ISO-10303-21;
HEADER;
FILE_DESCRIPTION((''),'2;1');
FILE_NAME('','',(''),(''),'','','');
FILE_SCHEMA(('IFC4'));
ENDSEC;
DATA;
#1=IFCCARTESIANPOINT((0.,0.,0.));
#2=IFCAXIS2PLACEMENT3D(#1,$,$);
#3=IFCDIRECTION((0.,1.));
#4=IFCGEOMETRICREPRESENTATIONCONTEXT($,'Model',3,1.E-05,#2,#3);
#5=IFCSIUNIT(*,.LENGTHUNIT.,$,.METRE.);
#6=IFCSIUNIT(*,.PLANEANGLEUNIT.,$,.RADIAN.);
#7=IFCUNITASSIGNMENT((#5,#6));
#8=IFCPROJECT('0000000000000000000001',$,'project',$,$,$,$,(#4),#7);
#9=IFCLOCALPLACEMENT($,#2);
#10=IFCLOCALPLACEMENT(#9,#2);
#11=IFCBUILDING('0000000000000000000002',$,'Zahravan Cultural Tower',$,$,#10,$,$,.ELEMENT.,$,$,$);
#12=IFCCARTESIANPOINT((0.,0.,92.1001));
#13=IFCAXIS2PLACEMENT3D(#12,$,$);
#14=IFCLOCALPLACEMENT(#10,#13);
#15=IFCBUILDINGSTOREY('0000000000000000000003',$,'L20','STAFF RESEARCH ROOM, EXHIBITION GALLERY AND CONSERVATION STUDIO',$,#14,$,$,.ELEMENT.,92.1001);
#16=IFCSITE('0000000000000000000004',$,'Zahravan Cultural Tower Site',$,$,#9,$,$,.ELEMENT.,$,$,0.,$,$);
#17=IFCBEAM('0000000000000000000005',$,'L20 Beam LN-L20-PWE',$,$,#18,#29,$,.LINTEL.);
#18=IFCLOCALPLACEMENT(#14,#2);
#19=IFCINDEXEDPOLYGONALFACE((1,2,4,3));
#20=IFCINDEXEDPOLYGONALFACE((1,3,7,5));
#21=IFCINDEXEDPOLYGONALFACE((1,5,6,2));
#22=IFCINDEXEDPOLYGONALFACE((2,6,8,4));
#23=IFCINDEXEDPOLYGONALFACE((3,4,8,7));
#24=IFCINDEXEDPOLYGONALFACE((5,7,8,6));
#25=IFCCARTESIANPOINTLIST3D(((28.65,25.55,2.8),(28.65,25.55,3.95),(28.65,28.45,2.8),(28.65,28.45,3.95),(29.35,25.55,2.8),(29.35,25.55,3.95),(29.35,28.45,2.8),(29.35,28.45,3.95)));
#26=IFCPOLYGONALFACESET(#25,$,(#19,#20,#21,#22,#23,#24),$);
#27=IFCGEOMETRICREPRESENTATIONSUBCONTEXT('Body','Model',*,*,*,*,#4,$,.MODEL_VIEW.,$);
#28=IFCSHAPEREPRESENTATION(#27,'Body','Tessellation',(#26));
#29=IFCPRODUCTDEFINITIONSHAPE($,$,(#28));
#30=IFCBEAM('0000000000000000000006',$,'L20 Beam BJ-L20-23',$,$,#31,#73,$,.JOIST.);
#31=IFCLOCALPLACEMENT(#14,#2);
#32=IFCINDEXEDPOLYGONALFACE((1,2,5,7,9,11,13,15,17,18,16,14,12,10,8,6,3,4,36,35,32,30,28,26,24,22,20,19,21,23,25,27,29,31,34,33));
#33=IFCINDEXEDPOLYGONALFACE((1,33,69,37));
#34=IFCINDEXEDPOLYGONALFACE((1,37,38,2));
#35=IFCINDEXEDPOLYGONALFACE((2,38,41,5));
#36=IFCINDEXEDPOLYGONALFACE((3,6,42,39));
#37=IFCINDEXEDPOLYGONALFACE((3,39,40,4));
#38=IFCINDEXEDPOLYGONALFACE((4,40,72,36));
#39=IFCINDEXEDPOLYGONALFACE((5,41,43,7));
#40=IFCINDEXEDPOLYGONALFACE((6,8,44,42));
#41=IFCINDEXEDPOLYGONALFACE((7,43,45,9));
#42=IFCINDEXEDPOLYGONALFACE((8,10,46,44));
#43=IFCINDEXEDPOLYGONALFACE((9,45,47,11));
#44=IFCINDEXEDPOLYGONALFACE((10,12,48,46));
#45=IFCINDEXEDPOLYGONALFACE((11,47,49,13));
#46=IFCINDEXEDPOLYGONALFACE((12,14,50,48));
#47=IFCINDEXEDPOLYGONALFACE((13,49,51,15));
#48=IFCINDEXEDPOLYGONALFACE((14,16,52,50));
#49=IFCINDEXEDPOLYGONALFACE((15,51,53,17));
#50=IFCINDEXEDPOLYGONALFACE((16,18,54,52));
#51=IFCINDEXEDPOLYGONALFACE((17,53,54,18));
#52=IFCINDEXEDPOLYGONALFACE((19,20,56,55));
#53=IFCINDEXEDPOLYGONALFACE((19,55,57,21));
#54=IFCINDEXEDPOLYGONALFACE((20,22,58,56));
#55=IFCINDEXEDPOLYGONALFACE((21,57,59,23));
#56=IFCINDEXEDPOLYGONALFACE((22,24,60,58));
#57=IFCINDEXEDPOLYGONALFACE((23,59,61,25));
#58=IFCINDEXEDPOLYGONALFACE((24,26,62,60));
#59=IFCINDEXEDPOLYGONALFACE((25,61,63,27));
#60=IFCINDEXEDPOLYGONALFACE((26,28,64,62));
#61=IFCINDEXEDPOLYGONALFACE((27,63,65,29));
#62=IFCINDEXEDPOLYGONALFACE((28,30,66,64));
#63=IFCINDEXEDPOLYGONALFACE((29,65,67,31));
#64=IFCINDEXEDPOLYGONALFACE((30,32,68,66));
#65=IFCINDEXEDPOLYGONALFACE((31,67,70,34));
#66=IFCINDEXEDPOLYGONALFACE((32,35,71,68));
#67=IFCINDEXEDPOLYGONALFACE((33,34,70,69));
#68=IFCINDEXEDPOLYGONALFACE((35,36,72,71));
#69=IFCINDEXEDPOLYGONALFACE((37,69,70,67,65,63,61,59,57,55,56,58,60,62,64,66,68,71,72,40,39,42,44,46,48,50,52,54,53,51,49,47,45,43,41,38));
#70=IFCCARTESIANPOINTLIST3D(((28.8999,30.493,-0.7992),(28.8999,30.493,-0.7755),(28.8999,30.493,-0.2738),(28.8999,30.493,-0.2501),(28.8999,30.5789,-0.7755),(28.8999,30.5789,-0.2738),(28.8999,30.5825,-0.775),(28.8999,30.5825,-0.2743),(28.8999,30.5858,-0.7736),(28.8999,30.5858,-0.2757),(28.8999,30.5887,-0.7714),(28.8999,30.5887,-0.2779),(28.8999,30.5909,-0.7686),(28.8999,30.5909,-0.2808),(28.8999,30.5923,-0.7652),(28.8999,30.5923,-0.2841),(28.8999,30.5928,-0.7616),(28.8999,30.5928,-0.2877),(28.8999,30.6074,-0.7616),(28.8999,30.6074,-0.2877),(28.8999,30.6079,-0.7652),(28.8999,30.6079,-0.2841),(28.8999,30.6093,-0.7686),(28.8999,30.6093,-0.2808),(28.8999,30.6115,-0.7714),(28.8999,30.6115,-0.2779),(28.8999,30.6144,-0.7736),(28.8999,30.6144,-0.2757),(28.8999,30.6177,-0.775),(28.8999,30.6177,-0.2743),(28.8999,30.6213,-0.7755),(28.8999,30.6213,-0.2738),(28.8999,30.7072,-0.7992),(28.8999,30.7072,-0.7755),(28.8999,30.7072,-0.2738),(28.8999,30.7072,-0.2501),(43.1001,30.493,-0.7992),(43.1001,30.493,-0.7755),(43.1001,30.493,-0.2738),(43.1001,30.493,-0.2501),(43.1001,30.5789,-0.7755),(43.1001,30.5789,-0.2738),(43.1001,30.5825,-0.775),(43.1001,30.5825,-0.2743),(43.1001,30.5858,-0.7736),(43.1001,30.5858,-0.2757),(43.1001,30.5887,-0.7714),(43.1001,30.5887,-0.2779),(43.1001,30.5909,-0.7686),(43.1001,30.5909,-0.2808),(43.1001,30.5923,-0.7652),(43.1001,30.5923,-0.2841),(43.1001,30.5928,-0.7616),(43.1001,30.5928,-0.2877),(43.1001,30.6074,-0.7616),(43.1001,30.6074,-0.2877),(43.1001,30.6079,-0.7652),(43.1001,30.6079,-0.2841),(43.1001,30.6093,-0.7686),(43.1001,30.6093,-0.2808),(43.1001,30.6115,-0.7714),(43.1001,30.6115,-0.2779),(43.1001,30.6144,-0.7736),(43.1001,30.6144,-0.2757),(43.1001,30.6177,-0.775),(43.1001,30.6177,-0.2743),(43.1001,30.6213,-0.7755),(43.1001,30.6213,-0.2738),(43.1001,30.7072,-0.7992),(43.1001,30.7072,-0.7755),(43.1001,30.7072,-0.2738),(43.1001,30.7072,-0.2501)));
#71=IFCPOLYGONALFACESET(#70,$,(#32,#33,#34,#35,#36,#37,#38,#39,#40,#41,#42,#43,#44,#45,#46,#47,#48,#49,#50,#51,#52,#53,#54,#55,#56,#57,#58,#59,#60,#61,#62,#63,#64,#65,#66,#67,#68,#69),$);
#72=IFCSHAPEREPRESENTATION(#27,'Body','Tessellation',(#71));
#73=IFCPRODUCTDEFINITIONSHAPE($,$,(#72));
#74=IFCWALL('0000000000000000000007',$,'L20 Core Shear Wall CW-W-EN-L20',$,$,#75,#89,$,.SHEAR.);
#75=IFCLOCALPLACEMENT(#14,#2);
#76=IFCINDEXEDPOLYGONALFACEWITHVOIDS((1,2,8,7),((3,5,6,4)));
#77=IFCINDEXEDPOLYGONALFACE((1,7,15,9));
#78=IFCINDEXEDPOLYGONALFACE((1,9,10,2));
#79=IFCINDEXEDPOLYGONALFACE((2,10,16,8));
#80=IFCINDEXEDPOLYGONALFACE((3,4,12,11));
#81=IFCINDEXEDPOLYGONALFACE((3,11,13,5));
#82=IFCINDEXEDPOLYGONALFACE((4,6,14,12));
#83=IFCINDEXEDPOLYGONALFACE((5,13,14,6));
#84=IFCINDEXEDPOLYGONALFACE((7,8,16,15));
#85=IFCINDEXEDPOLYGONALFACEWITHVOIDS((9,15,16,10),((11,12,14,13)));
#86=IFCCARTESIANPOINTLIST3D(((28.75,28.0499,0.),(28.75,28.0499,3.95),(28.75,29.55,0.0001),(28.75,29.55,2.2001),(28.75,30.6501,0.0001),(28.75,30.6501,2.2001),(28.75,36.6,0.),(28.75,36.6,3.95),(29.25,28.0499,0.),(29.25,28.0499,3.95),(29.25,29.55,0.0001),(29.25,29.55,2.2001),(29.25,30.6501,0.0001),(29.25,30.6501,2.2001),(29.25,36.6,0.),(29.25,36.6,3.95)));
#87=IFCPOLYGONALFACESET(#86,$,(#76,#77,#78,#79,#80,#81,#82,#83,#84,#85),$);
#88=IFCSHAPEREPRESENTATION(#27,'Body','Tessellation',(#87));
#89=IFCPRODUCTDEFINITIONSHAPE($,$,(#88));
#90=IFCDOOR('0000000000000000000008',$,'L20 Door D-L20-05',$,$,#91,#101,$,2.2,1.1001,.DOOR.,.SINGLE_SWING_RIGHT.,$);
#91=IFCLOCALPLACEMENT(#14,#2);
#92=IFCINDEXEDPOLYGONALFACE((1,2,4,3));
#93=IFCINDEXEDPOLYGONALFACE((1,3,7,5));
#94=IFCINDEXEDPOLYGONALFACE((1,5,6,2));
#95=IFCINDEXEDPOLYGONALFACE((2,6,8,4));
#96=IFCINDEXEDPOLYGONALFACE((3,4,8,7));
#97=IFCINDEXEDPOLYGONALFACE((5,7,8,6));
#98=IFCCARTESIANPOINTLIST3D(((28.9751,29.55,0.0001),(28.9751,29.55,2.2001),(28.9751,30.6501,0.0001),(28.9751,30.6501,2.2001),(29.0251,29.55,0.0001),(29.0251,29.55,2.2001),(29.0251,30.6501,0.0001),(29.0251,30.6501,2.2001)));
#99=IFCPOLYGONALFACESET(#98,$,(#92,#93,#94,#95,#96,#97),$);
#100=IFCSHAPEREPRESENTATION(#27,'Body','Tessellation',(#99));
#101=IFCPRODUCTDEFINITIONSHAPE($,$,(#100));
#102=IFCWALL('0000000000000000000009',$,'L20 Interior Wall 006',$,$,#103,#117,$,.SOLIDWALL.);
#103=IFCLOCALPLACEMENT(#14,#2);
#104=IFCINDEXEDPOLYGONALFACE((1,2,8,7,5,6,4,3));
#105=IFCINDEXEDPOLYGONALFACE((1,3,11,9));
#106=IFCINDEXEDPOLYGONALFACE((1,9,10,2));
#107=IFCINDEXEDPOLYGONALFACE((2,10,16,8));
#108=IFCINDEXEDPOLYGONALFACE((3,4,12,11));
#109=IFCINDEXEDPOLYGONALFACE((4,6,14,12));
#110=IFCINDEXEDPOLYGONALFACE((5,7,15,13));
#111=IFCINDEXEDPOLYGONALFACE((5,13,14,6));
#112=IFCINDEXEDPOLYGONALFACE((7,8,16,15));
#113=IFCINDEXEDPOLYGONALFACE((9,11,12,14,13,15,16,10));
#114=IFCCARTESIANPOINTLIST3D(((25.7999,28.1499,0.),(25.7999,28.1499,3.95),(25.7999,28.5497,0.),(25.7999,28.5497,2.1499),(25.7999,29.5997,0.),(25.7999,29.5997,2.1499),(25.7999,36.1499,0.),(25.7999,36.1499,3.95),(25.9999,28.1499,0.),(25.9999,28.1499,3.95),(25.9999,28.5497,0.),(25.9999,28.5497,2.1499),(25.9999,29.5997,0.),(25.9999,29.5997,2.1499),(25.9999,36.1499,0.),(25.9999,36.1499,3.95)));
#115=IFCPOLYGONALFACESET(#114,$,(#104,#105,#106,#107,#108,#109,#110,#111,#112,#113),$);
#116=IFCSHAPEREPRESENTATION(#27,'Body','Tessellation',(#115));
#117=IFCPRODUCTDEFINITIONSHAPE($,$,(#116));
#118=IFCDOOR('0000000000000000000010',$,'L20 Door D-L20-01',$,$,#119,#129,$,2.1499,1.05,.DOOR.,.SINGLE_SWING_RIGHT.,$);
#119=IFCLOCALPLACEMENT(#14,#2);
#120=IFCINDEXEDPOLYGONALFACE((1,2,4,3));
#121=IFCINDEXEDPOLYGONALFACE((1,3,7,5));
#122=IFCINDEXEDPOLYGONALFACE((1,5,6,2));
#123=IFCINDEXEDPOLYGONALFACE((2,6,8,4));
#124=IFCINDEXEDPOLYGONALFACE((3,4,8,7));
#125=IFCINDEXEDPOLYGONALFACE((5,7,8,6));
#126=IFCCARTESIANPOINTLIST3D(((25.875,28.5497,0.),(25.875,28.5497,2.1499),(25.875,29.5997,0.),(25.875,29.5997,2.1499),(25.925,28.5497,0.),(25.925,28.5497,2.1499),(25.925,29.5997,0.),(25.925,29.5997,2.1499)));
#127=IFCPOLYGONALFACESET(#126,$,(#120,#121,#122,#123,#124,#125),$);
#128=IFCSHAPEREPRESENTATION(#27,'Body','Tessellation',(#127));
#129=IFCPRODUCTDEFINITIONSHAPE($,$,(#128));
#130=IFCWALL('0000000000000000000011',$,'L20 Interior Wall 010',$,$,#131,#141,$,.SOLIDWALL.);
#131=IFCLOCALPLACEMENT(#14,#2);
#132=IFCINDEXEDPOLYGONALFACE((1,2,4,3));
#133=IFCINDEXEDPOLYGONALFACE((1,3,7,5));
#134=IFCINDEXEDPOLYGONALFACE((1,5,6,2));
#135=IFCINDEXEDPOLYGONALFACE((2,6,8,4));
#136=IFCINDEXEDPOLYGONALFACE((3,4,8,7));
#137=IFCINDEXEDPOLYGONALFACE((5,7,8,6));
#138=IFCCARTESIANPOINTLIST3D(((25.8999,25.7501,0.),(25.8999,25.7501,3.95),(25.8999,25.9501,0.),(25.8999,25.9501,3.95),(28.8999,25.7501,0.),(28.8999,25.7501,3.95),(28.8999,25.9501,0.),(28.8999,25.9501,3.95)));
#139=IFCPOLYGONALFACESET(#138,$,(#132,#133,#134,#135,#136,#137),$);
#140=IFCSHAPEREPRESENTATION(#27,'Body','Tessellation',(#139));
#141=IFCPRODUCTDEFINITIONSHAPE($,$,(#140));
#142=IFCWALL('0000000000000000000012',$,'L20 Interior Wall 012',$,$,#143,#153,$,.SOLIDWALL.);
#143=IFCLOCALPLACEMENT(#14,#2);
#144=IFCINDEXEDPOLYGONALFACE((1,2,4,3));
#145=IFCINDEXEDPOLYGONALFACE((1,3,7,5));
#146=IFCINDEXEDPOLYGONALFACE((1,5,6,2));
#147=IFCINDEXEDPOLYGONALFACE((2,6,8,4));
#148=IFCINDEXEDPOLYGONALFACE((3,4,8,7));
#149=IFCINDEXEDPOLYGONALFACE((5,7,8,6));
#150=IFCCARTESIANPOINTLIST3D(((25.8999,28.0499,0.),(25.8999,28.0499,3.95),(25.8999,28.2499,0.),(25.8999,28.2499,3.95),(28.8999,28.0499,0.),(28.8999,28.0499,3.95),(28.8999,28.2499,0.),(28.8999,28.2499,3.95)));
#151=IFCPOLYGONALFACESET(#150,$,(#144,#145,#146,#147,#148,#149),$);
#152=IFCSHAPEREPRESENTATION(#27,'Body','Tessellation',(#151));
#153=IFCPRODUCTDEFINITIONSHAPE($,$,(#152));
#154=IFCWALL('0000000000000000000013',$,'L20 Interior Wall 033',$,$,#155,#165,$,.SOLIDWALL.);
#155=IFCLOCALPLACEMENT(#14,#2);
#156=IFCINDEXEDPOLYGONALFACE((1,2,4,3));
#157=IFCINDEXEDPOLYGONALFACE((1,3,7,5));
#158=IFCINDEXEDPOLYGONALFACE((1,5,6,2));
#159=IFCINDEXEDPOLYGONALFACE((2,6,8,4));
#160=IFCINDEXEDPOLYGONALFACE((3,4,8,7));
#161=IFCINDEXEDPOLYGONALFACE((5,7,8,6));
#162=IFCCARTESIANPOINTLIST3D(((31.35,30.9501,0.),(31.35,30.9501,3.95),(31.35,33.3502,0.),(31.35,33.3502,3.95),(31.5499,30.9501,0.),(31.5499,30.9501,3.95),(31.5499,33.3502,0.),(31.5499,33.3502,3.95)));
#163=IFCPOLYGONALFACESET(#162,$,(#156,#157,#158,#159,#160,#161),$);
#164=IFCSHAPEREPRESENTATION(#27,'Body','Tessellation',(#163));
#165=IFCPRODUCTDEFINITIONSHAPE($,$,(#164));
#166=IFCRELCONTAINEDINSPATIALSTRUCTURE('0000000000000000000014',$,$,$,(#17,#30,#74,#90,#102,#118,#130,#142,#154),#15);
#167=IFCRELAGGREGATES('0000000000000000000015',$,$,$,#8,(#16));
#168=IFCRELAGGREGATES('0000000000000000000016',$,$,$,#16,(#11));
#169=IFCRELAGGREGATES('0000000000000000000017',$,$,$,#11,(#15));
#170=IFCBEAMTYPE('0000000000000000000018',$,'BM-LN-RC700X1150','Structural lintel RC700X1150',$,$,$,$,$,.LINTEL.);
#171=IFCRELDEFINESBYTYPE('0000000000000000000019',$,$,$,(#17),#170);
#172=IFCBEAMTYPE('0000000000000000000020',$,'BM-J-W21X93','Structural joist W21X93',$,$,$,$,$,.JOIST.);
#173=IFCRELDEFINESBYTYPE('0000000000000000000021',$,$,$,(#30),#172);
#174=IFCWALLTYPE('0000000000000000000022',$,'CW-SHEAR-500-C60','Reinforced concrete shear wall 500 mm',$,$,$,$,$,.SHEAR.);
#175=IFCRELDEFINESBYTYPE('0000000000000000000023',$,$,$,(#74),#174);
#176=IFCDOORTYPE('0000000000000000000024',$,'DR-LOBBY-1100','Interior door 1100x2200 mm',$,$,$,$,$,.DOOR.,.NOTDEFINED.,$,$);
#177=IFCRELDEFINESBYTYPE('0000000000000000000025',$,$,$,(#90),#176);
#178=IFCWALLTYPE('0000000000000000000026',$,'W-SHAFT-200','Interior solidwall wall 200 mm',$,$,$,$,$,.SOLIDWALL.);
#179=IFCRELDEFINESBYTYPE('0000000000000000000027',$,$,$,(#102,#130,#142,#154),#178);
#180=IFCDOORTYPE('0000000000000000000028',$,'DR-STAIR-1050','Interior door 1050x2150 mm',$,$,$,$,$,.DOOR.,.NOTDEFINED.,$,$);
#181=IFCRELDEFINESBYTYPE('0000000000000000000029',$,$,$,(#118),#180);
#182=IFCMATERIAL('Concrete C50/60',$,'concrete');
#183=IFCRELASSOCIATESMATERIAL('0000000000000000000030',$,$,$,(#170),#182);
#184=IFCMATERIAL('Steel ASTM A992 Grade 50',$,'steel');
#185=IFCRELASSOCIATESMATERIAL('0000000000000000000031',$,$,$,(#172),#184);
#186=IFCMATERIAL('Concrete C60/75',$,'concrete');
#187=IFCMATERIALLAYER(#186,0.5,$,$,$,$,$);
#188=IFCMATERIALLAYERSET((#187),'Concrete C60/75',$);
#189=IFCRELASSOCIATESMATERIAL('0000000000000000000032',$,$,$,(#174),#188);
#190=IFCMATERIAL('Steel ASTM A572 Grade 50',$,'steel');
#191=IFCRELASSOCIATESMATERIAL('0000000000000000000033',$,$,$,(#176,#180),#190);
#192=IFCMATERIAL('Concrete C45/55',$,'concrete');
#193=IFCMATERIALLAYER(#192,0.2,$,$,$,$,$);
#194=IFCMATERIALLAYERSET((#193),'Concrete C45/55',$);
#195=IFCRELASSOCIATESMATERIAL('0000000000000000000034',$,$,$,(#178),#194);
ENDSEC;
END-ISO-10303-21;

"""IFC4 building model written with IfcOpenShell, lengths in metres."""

from ifc_helpers import new_model, si_unit, direction, frame, frame_2d, origin, origin_2d, place, context, subcontext, project, spatial, rectangle, i_section, extrude, source, transform, mapped, material, layer, layer_set, material_profile, profile_set, type_object, element, fill, save


model = new_model("IFC4")

# Units and contexts
model_context = context("Model", 3, precision=1e-05, world=origin(), true_north=direction((0.0, 1.0)))
body_context = subcontext(model_context, "Body", "Model", "MODEL_VIEW")
ifc_project = project(units=[si_unit("LENGTHUNIT", "METRE"), si_unit("PLANEANGLEUNIT", "RADIAN")], contexts=[model_context])

# Site, building, storey
site_placement = place(None, origin())
site = spatial("IfcSite", under=ifc_project, at=site_placement, Name="Zahravan Cultural Tower Site", CompositionType="ELEMENT", RefElevation=0.0)
building_placement = place(site_placement, origin())
building = spatial("IfcBuilding", under=site, at=building_placement, Name="Zahravan Cultural Tower", CompositionType="ELEMENT")
storey_placement = place(building_placement, frame((0.0, 0.0, 92.1001)))
storey = spatial("IfcBuildingStorey", under=building, at=storey_placement, Name="L20", Description="STAFF RESEARCH ROOM, EXHIBITION GALLERY AND CONSERVATION STUDIO", CompositionType="ELEMENT", Elevation=92.1001)

# Beams
ifc_material_1 = material(Name="Concrete C50/60", Category="concrete")
ifc_material_profile_1 = material_profile(ifc_material_1, rectangle(XDim=0.7, YDim=1.1499, at=origin_2d()), Name="RC700X1150")
ifc_profile_set_1 = profile_set([ifc_material_profile_1], Name="Concrete C50/60")
beam_type_1 = type_object("IfcBeamType", Name="BM-LN-RC700X1150", Description="Structural lintel RC700X1150", PredefinedType="LINTEL", material=ifc_profile_set_1)
shared_shape_1 = source(origin(), body_context, "Body", "SweptSolid", [
    extrude(rectangle(XDim=0.7, YDim=1.1499, at=origin_2d()), origin(), (0.0, 0.0, 1.0), 2.8999),
])
beam_1_placement = place(storey_placement, frame((29.0, 25.55, 3.375), z_axis=(0.0, 1.0, 0.0), x_axis=(-1.0, 0.0, 0.0)))
element("IfcBeam", 1, at=beam_1_placement, inside=storey, type_object=beam_type_1, Name="L20 Beam LN-L20-PWE", PredefinedType="LINTEL", context=body_context, shape_type="MappedRepresentation", body=[
    mapped(shared_shape_1, transform((0.0, 0.0, 0.0), x_axis=(1.0, 0.0, 0.0), y_axis=(0.0, 1.0, 0.0), z_axis=(0.0, 0.0, 1.0), scale=1.0)),
])
ifc_material_2 = material(Name="Steel ASTM A992 Grade 50", Category="steel")
ifc_material_profile_2 = material_profile(ifc_material_2, i_section(OverallWidth=0.2141, OverallDepth=0.5491, WebThickness=0.0146, FlangeThickness=0.0237, FilletRadius=0.0139, at=origin_2d()), Name="W21X93")
ifc_profile_set_2 = profile_set([ifc_material_profile_2], Name="Steel ASTM A992 Grade 50")
beam_type_2 = type_object("IfcBeamType", Name="BM-J-W21X93", Description="Structural joist W21X93", PredefinedType="JOIST", material=ifc_profile_set_2)
shared_shape_2 = source(origin(), body_context, "Body", "SweptSolid", [
    extrude(i_section(OverallWidth=0.2141, OverallDepth=0.5491, WebThickness=0.0146, FlangeThickness=0.0237, FilletRadius=0.0139, at=origin_2d()), origin(), (0.0, 0.0, 1.0), 14.2002),
])
beam_2_placement = place(storey_placement, frame((28.8999, 30.6001, -0.5247), z_axis=(1.0, 0.0, 0.0), x_axis=(0.0, 1.0, 0.0)))
element("IfcBeam", 2, at=beam_2_placement, inside=storey, type_object=beam_type_2, Name="L20 Beam BJ-L20-23", PredefinedType="JOIST", context=body_context, shape_type="MappedRepresentation", body=[
    mapped(shared_shape_2, transform((0.0, 0.0, 0.0), x_axis=(1.0, 0.0, 0.0), y_axis=(0.0, 1.0, 0.0), z_axis=(0.0, 0.0, 1.0), scale=1.0)),
])

# Walls, openings, doors
ifc_material_3 = material(Name="Concrete C60/75", Category="concrete")
ifc_layer_1 = layer(ifc_material_3, 0.5)
ifc_layer_set_1 = layer_set([ifc_layer_1], Name="Concrete C60/75")
wall_type_1 = type_object("IfcWallType", Name="CW-SHEAR-500-C60", Description="Reinforced concrete shear wall 500 mm", PredefinedType="SHEAR", material=ifc_layer_set_1)
wall_1_placement = place(storey_placement, frame((29.0, 28.05, 0.0), z_axis=(0.0, 0.0, 1.0), x_axis=(0.0, 1.0, 0.0)))
wall_1 = element("IfcWall", 3, at=wall_1_placement, inside=storey, type_object=wall_type_1, Name="L20 Core Shear Wall CW-W-EN-L20", PredefinedType="SHEAR", context=body_context, shape_type="SweptSolid", body=[
    extrude(rectangle(XDim=8.55, YDim=0.5, at=frame_2d((4.2749, 0.0))), origin(), (0.0, 0.0, 1.0), 3.95),
])
opening_1_placement = place(wall_1_placement, frame((1.5, 0.0, 0.0)))
opening_1 = element("IfcOpeningElement", 4, at=opening_1_placement, cuts=wall_1, PredefinedType="OPENING", context=body_context, shape_type="SweptSolid", body=[
    extrude(rectangle(XDim=1.1001, YDim=2.2, at=frame_2d((0.55, 1.1001))), frame((0.0, 0.26, 0.0), z_axis=(0.0, -1.0, 0.0), x_axis=(1.0, 0.0, 0.0)), (0.0, 0.0, 1.0), 0.52),
])
ifc_material_4 = material(Name="Steel ASTM A572 Grade 50", Category="steel")
door_type_1 = type_object("IfcDoorType", Name="DR-LOBBY-1100", Description="Interior door 1100x2200 mm", OperationType="NOTDEFINED", PredefinedType="DOOR", material=ifc_material_4)
shared_shape_3 = source(origin(), body_context, "Body", "SweptSolid", [
    extrude(rectangle(XDim=1.1001, YDim=2.2, at=frame_2d((0.55, 1.1001))), frame((0.0, 0.0249, 0.0), z_axis=(0.0, -1.0, 0.0), x_axis=(1.0, 0.0, 0.0)), (0.0, 0.0, 1.0), 0.05),
])
door_1_placement = place(opening_1_placement, origin())
door_1 = element("IfcDoor", 5, at=door_1_placement, inside=storey, type_object=door_type_1, Name="L20 Door D-L20-05", OperationType="SINGLE_SWING_RIGHT", OverallHeight=2.2, OverallWidth=1.1001, PredefinedType="DOOR", context=body_context, shape_type="MappedRepresentation", body=[
    mapped(shared_shape_3, transform((0.0, 0.0, 0.0), x_axis=(1.0, 0.0, 0.0), y_axis=(0.0, 1.0, 0.0), z_axis=(0.0, 0.0, 1.0), scale=1.0)),
])
fill(opening_1, door_1)
ifc_material_5 = material(Name="Concrete C45/55", Category="concrete")
ifc_layer_2 = layer(ifc_material_5, 0.2)
ifc_layer_set_2 = layer_set([ifc_layer_2], Name="Concrete C45/55")
wall_type_2 = type_object("IfcWallType", Name="W-SHAFT-200", Description="Interior solidwall wall 200 mm", PredefinedType="SOLIDWALL", material=ifc_layer_set_2)
wall_2_placement = place(storey_placement, frame((25.8999, 28.1499, 0.0), z_axis=(0.0, 0.0, 1.0), x_axis=(0.0, 1.0, 0.0)))
wall_2 = element("IfcWall", 6, at=wall_2_placement, inside=storey, type_object=wall_type_2, Name="L20 Interior Wall 006", PredefinedType="SOLIDWALL", context=body_context, shape_type="SweptSolid", body=[
    extrude(rectangle(XDim=8.0, YDim=0.2, at=frame_2d((4.0, 0.0))), origin(), (0.0, 0.0, 1.0), 3.95),
])
opening_2_placement = place(wall_2_placement, frame((0.3999, 0.0, 0.0)))
opening_2 = element("IfcOpeningElement", 7, at=opening_2_placement, cuts=wall_2, PredefinedType="OPENING", context=body_context, shape_type="SweptSolid", body=[
    extrude(rectangle(XDim=1.05, YDim=2.1499, at=frame_2d((0.5249, 1.075))), frame((0.0, 0.1099, 0.0), z_axis=(0.0, -1.0, 0.0), x_axis=(1.0, 0.0, 0.0)), (0.0, 0.0, 1.0), 0.22),
])
door_type_2 = type_object("IfcDoorType", Name="DR-STAIR-1050", Description="Interior door 1050x2150 mm", OperationType="NOTDEFINED", PredefinedType="DOOR", material=ifc_material_4)
shared_shape_4 = source(origin(), body_context, "Body", "SweptSolid", [
    extrude(rectangle(XDim=1.05, YDim=2.1499, at=frame_2d((0.5249, 1.075))), frame((0.0, 0.0249, 0.0), z_axis=(0.0, -1.0, 0.0), x_axis=(1.0, 0.0, 0.0)), (0.0, 0.0, 1.0), 0.05),
])
door_2_placement = place(opening_2_placement, origin())
door_2 = element("IfcDoor", 8, at=door_2_placement, inside=storey, type_object=door_type_2, Name="L20 Door D-L20-01", OperationType="SINGLE_SWING_RIGHT", OverallHeight=2.1499, OverallWidth=1.05, PredefinedType="DOOR", context=body_context, shape_type="MappedRepresentation", body=[
    mapped(shared_shape_4, transform((0.0, 0.0, 0.0), x_axis=(1.0, 0.0, 0.0), y_axis=(0.0, 1.0, 0.0), z_axis=(0.0, 0.0, 1.0), scale=1.0)),
])
fill(opening_2, door_2)

# Walls
shared_shape_5 = source(origin(), body_context, "Body", "SweptSolid", [
    extrude(rectangle(XDim=3.0, YDim=0.2, at=frame_2d((1.5, 0.0))), origin(), (0.0, 0.0, 1.0), 3.95),
])
for number, where, z_axis, x_axis, name in (
    (9, (25.8999, 25.8501, 0.0), (0.0, 0.0, 1.0), (1.0, 0.0, 0.0), "L20 Interior Wall 010"),
    (10, (25.8999, 28.1499, 0.0), (0.0, 0.0, 1.0), (1.0, 0.0, 0.0), "L20 Interior Wall 012"),
):
    element("IfcWall", number, at=place(storey_placement, frame(where, z_axis=z_axis, x_axis=x_axis)), inside=storey, type_object=wall_type_2, Name=name, PredefinedType="SOLIDWALL", context=body_context, shape_type="MappedRepresentation", body=[
        mapped(shared_shape_5, transform((0.0, 0.0, 0.0), x_axis=(1.0, 0.0, 0.0), y_axis=(0.0, 1.0, 0.0), z_axis=(0.0, 0.0, 1.0), scale=1.0)),
    ])
shared_shape_6 = source(origin(), body_context, "Body", "SweptSolid", [
    extrude(rectangle(XDim=2.4001, YDim=0.2, at=frame_2d((1.2002, 0.0))), origin(), (0.0, 0.0, 1.0), 3.95),
])
for number, where, z_axis, x_axis, name in (
    (11, (31.45, 30.95, 0.0), (0.0, 0.0, 1.0), (0.0, 1.0, 0.0), "L20 Interior Wall 033"),
):
    element("IfcWall", number, at=place(storey_placement, frame(where, z_axis=z_axis, x_axis=x_axis)), inside=storey, type_object=wall_type_2, Name=name, PredefinedType="SOLIDWALL", context=body_context, shape_type="MappedRepresentation", body=[
        mapped(shared_shape_6, transform((0.0, 0.0, 0.0), x_axis=(1.0, 0.0, 0.0), y_axis=(0.0, 1.0, 0.0), z_axis=(0.0, 0.0, 1.0), scale=1.0)),
    ])

save(model, "model.ifc")
